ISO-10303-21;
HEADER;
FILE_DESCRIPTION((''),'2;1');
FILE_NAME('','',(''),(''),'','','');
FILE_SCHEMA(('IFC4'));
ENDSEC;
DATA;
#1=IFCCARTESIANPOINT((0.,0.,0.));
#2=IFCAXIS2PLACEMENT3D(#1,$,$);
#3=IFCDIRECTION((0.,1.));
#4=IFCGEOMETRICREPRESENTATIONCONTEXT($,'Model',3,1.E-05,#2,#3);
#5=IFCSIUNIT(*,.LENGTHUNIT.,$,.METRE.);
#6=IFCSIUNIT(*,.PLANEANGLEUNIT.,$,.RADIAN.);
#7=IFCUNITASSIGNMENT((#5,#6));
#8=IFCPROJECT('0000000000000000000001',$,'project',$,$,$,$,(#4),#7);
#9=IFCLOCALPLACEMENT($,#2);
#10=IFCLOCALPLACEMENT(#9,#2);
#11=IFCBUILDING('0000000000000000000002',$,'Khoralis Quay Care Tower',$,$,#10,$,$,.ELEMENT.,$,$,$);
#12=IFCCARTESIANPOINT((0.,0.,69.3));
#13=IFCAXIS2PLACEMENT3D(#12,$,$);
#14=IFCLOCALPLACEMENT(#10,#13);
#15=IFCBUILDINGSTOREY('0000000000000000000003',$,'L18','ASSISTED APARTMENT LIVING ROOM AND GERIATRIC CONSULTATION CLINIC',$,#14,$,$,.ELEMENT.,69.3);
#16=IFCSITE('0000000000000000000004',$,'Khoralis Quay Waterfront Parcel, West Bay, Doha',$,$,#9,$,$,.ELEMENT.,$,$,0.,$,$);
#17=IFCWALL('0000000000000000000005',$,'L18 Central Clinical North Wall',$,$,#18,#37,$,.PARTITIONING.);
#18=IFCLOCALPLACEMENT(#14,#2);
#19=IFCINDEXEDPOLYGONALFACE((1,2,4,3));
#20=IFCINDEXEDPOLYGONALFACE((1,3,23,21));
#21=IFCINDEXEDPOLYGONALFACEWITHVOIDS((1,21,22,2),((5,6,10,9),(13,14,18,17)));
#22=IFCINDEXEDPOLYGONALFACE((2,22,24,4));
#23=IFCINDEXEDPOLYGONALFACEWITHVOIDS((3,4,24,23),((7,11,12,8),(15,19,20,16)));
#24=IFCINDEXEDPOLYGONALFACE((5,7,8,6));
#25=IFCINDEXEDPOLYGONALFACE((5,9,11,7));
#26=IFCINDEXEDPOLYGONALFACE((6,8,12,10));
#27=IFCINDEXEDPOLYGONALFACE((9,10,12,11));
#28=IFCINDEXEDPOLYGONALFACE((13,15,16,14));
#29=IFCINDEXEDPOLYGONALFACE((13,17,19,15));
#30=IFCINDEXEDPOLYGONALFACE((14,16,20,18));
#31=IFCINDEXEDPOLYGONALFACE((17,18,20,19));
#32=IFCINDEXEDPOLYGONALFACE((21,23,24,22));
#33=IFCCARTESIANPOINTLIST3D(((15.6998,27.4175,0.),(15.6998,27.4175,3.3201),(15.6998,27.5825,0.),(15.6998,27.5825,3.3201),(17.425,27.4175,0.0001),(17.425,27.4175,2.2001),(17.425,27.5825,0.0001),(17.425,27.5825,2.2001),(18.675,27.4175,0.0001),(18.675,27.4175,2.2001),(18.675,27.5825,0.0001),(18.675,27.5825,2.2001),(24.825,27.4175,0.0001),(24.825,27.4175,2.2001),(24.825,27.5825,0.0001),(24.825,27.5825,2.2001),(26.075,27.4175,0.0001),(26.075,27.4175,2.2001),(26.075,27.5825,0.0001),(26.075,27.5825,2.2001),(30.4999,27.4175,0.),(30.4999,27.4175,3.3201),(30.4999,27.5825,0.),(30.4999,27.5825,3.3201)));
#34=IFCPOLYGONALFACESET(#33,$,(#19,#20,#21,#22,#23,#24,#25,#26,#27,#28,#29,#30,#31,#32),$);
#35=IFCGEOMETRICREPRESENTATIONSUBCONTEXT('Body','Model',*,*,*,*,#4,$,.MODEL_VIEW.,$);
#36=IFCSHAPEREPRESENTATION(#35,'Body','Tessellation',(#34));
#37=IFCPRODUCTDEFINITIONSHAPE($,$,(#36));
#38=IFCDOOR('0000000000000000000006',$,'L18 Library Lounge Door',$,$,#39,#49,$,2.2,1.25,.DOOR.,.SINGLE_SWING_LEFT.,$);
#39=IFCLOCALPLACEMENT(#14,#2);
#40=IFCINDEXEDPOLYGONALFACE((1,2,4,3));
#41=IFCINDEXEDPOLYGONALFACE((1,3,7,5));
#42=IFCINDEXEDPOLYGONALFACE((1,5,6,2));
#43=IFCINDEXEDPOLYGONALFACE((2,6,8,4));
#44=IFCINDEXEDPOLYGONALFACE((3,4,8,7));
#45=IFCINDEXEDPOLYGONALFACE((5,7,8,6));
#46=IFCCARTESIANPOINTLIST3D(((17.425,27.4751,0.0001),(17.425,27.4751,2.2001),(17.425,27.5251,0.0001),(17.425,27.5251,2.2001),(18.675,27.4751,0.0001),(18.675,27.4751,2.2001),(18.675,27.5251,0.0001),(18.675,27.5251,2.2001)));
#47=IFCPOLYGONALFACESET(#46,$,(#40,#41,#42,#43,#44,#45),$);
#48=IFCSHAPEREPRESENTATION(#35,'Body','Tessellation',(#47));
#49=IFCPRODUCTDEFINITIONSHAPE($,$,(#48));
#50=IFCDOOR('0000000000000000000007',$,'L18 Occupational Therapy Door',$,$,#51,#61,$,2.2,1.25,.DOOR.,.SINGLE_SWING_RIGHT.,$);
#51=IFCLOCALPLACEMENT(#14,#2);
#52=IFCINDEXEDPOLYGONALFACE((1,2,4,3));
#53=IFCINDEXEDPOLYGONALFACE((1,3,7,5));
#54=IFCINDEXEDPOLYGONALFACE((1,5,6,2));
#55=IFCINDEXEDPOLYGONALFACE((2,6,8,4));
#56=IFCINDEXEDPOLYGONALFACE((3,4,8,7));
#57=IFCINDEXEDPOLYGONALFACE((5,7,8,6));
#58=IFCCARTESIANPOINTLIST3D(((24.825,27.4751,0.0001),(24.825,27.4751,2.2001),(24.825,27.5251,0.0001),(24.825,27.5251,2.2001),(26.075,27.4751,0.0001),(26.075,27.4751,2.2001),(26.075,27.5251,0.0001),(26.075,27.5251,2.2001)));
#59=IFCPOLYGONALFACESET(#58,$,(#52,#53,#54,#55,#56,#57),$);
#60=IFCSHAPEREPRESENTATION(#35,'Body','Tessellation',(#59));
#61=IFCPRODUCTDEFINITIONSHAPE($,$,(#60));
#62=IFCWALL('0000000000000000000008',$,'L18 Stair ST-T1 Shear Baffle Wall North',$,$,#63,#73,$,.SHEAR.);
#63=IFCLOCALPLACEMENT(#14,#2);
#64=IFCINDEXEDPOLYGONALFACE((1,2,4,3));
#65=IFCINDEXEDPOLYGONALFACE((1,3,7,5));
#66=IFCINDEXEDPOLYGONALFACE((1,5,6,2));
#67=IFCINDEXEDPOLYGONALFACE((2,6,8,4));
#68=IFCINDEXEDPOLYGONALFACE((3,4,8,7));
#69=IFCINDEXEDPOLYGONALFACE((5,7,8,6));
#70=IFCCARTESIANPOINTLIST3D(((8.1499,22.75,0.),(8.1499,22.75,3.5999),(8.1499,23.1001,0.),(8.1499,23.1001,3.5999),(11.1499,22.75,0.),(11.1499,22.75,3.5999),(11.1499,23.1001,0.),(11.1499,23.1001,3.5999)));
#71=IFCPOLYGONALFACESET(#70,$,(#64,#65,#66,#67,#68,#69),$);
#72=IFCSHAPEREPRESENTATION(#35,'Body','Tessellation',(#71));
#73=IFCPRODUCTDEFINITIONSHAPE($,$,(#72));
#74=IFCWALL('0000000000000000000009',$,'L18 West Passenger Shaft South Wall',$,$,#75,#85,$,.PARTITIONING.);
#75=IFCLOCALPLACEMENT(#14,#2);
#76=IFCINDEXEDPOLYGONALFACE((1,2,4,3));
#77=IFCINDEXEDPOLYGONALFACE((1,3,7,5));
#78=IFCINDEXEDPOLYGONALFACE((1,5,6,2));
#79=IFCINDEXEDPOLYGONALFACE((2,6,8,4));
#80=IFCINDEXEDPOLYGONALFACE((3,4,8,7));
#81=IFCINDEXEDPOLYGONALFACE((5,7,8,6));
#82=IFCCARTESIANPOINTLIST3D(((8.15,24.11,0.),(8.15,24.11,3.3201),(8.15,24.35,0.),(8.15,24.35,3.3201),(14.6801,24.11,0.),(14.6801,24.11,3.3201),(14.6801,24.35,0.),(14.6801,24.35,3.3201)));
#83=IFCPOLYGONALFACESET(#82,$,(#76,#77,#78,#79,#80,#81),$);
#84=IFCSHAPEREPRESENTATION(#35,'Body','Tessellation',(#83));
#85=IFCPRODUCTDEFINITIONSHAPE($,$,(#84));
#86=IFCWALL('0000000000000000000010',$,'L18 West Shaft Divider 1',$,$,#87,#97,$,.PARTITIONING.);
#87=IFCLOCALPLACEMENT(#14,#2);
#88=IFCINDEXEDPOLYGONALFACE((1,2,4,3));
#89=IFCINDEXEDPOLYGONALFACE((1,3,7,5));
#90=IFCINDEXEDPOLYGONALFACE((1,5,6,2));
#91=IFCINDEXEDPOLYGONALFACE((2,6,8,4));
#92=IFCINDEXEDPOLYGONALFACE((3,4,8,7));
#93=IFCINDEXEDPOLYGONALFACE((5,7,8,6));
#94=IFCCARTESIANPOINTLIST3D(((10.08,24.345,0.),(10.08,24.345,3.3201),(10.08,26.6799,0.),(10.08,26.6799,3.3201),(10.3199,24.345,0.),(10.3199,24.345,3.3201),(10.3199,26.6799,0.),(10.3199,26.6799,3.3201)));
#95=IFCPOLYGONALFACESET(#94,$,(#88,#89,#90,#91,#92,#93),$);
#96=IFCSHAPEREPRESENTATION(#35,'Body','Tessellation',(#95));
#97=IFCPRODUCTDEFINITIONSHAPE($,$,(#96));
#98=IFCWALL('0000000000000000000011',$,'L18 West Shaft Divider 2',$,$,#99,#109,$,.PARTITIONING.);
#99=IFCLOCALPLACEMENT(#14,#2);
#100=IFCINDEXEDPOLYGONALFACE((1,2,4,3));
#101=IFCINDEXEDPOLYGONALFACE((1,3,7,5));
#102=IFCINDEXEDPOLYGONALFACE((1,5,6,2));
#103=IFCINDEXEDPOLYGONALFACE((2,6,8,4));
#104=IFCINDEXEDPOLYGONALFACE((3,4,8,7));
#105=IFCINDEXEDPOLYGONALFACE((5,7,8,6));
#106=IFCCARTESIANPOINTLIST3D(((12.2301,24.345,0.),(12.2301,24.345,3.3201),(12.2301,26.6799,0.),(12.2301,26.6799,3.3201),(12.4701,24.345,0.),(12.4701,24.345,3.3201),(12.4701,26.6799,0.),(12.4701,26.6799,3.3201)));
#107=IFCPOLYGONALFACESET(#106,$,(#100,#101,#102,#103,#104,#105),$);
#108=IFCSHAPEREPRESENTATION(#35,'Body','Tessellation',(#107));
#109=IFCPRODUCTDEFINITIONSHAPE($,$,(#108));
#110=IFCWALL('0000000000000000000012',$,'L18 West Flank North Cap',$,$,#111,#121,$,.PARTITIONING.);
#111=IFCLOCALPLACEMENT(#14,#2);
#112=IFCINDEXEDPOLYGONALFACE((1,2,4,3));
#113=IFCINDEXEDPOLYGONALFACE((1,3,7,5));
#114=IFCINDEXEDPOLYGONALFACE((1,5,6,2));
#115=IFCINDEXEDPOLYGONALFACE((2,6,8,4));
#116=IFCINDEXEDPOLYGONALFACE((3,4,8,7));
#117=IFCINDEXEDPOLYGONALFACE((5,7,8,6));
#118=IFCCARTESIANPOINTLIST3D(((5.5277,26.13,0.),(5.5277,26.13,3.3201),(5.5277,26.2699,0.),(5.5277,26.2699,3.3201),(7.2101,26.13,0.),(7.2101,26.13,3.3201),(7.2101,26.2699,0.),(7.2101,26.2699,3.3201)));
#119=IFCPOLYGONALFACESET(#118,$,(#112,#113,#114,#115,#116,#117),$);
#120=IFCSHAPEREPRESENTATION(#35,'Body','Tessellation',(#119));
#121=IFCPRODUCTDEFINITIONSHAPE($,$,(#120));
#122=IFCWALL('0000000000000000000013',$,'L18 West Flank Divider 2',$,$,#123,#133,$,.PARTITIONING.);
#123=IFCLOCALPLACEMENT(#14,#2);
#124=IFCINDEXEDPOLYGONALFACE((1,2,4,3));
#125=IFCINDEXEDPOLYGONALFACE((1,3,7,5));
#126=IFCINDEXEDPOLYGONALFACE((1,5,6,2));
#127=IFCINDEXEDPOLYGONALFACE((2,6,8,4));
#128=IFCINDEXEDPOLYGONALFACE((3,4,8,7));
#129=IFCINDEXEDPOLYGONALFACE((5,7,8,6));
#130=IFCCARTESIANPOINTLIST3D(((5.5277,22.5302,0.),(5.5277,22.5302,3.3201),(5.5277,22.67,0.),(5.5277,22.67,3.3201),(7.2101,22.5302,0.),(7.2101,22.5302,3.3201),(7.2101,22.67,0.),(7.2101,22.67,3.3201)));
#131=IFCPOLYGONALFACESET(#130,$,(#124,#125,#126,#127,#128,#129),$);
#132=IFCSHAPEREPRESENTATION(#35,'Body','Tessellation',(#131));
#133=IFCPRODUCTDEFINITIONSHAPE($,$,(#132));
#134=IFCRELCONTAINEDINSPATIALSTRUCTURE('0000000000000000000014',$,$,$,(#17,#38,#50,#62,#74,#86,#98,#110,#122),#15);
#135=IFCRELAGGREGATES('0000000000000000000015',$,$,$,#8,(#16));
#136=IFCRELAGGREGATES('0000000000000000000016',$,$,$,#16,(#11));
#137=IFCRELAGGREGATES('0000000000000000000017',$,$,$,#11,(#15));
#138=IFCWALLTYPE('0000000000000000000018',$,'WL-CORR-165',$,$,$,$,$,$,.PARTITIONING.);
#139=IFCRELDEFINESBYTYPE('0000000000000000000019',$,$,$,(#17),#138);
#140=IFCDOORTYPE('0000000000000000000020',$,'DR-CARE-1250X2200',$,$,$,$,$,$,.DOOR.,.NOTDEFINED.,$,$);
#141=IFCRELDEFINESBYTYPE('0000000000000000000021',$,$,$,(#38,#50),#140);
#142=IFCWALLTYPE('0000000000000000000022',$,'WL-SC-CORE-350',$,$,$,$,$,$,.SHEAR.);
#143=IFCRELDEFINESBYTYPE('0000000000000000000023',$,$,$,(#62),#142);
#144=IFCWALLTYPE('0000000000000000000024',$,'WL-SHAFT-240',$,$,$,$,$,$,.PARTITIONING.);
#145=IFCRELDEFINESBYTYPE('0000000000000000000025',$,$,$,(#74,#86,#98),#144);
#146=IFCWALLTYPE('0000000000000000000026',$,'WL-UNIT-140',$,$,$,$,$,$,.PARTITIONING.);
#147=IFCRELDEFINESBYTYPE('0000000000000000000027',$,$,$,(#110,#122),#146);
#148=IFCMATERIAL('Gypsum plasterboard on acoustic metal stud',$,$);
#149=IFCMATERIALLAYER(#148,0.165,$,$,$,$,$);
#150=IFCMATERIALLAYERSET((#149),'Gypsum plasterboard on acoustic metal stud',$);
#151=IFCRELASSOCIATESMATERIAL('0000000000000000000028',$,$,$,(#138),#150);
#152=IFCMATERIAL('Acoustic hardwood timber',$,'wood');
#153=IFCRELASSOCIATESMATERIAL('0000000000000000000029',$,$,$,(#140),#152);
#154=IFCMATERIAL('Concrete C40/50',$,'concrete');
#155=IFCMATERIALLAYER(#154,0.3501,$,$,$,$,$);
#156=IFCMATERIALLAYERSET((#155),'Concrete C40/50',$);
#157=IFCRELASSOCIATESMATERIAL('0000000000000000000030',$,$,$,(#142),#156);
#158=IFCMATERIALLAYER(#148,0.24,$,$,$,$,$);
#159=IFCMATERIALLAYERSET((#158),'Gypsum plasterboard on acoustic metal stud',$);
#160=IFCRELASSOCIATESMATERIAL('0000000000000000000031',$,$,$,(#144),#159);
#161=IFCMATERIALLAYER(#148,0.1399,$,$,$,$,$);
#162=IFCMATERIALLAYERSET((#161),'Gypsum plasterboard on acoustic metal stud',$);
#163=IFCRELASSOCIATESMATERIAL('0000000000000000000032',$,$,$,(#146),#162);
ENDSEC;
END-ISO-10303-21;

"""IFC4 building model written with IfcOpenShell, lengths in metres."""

from ifc_helpers import new_model, si_unit, direction, frame, frame_2d, origin, place, context, subcontext, project, spatial, rectangle, extrude, source, transform, mapped, material, layer, layer_set, type_object, element, fill, save


model = new_model("IFC4")

# Units and contexts
model_context = context("Model", 3, precision=1e-05, world=origin(), true_north=direction((0.0, 1.0)))
body_context = subcontext(model_context, "Body", "Model", "MODEL_VIEW")
ifc_project = project(units=[si_unit("LENGTHUNIT", "METRE"), si_unit("PLANEANGLEUNIT", "RADIAN")], contexts=[model_context])

# Site, building, storey
site_placement = place(None, origin())
site = spatial("IfcSite", under=ifc_project, at=site_placement, Name="Khoralis Quay Waterfront Parcel, West Bay, Doha", CompositionType="ELEMENT", RefElevation=0.0)
building_placement = place(site_placement, origin())
building = spatial("IfcBuilding", under=site, at=building_placement, Name="Khoralis Quay Care Tower", CompositionType="ELEMENT")
storey_placement = place(building_placement, frame((0.0, 0.0, 69.3)))
storey = spatial("IfcBuildingStorey", under=building, at=storey_placement, Name="L18", Description="ASSISTED APARTMENT LIVING ROOM AND GERIATRIC CONSULTATION CLINIC", CompositionType="ELEMENT", Elevation=69.3)

# Shared definitions
ifc_material_1 = material(Name="Gypsum plasterboard on acoustic metal stud")
ifc_layer_1 = layer(ifc_material_1, 0.165)
ifc_layer_set_1 = layer_set([ifc_layer_1], Name="Gypsum plasterboard on acoustic metal stud")
wall_type_1 = type_object("IfcWallType", Name="WL-CORR-165", PredefinedType="PARTITIONING", material=ifc_layer_set_1)

# Wall, openings, doors
wall_1_placement = place(storey_placement, frame((15.7, 27.5, 0.0), z_axis=(0.0, 0.0, 1.0), x_axis=(1.0, 0.0, 0.0)))
wall_1 = element("IfcWall", 1, at=wall_1_placement, inside=storey, type_object=wall_type_1, Name="L18 Central Clinical North Wall", PredefinedType="PARTITIONING", context=body_context, shape_type="SweptSolid", body=[
    extrude(rectangle(XDim=14.8, YDim=0.165, at=frame_2d((7.3999, 0.0))), origin(), (0.0, 0.0, 1.0), 3.3201),
])
opening_1_placement = place(wall_1_placement, frame((1.7251, 0.0, 0.0)))
opening_1 = element("IfcOpeningElement", 2, at=opening_1_placement, cuts=wall_1, PredefinedType="OPENING", context=body_context, shape_type="SweptSolid", body=[
    extrude(rectangle(XDim=1.25, YDim=2.2, at=frame_2d((0.625, 1.1001))), frame((0.0, 0.0925, 0.0), z_axis=(0.0, -1.0, 0.0), x_axis=(1.0, 0.0, 0.0)), (0.0, 0.0, 1.0), 0.1851),
])
opening_2_placement = place(wall_1_placement, frame((9.125, 0.0, 0.0)))
opening_2 = element("IfcOpeningElement", 3, at=opening_2_placement, cuts=wall_1, PredefinedType="OPENING", context=body_context, shape_type="SweptSolid", body=[
    extrude(rectangle(XDim=1.25, YDim=2.2, at=frame_2d((0.625, 1.1001))), frame((0.0, 0.0925, 0.0), z_axis=(0.0, -1.0, 0.0), x_axis=(1.0, 0.0, 0.0)), (0.0, 0.0, 1.0), 0.1851),
])
ifc_material_2 = material(Name="Acoustic hardwood timber", Category="wood")
door_type_1 = type_object("IfcDoorType", Name="DR-CARE-1250X2200", OperationType="NOTDEFINED", PredefinedType="DOOR", material=ifc_material_2)
shared_shape_1 = source(origin(), body_context, "Body", "SweptSolid", [
    extrude(rectangle(XDim=1.25, YDim=2.2, at=frame_2d((0.625, 1.1001))), frame((0.0, 0.0249, 0.0), z_axis=(0.0, -1.0, 0.0), x_axis=(1.0, 0.0, 0.0)), (0.0, 0.0, 1.0), 0.05),
])
door_1_placement = place(opening_1_placement, frame((1.25, 0.0, 0.0), z_axis=(0.0, 0.0, 1.0), x_axis=(-1.0, 0.0, 0.0)))
door_1 = element("IfcDoor", 4, at=door_1_placement, inside=storey, type_object=door_type_1, Name="L18 Library Lounge Door", OperationType="SINGLE_SWING_LEFT", OverallHeight=2.2, OverallWidth=1.25, PredefinedType="DOOR", context=body_context, shape_type="MappedRepresentation", body=[
    mapped(shared_shape_1, transform((0.0, 0.0, 0.0), scale=1.0)),
])
fill(opening_1, door_1)
door_2_placement = place(opening_2_placement, frame((1.25, 0.0, 0.0), z_axis=(0.0, 0.0, 1.0), x_axis=(-1.0, 0.0, 0.0)))
door_2 = element("IfcDoor", 5, at=door_2_placement, inside=storey, type_object=door_type_1, Name="L18 Occupational Therapy Door", OperationType="SINGLE_SWING_RIGHT", OverallHeight=2.2, OverallWidth=1.25, PredefinedType="DOOR", context=body_context, shape_type="MappedRepresentation", body=[
    mapped(shared_shape_1, transform((0.0, 0.0, 0.0), scale=1.0)),
])
fill(opening_2, door_2)

# Walls
ifc_material_3 = material(Name="Concrete C40/50", Category="concrete")
ifc_layer_2 = layer(ifc_material_3, 0.3501)
ifc_layer_set_2 = layer_set([ifc_layer_2], Name="Concrete C40/50")
wall_type_2 = type_object("IfcWallType", Name="WL-SC-CORE-350", PredefinedType="SHEAR", material=ifc_layer_set_2)
wall_2_placement = place(storey_placement, frame((8.1499, 22.925, 0.0), z_axis=(0.0, 0.0, 1.0), x_axis=(1.0, 0.0, 0.0)))
element("IfcWall", 6, at=wall_2_placement, inside=storey, type_object=wall_type_2, Name="L18 Stair ST-T1 Shear Baffle Wall North", PredefinedType="SHEAR", context=body_context, shape_type="SweptSolid", body=[
    extrude(rectangle(XDim=3.0, YDim=0.3501, at=frame_2d((1.5, 0.0))), origin(), (0.0, 0.0, 1.0), 3.5999),
])
ifc_layer_3 = layer(ifc_material_1, 0.24)
ifc_layer_set_3 = layer_set([ifc_layer_3], Name="Gypsum plasterboard on acoustic metal stud")
wall_type_3 = type_object("IfcWallType", Name="WL-SHAFT-240", PredefinedType="PARTITIONING", material=ifc_layer_set_3)
wall_3_placement = place(storey_placement, frame((8.1499, 24.23, 0.0), z_axis=(0.0, 0.0, 1.0), x_axis=(1.0, 0.0, 0.0)))
element("IfcWall", 7, at=wall_3_placement, inside=storey, type_object=wall_type_3, Name="L18 West Passenger Shaft South Wall", PredefinedType="PARTITIONING", context=body_context, shape_type="SweptSolid", body=[
    extrude(rectangle(XDim=6.53, YDim=0.24, at=frame_2d((3.2651, 0.0))), origin(), (0.0, 0.0, 1.0), 3.3201),
])
for number, where, z_axis, x_axis, name in (
    (8, (10.2, 24.345, 0.0), (0.0, 0.0, 1.0), (0.0, 1.0, 0.0), "L18 West Shaft Divider 1"),
    (9, (12.3501, 24.345, 0.0), (0.0, 0.0, 1.0), (0.0, 1.0, 0.0), "L18 West Shaft Divider 2"),
):
    element("IfcWall", number, at=place(storey_placement, frame(where, z_axis=z_axis, x_axis=x_axis)), inside=storey, type_object=wall_type_3, Name=name, PredefinedType="PARTITIONING", context=body_context, shape_type="SweptSolid", body=[
        extrude(rectangle(XDim=2.335, YDim=0.24, at=frame_2d((1.1675, 0.0))), origin(), (0.0, 0.0, 1.0), 3.3201),
    ])
ifc_layer_4 = layer(ifc_material_1, 0.1399)
ifc_layer_set_4 = layer_set([ifc_layer_4], Name="Gypsum plasterboard on acoustic metal stud")
wall_type_4 = type_object("IfcWallType", Name="WL-UNIT-140", PredefinedType="PARTITIONING", material=ifc_layer_set_4)
for number, where, z_axis, x_axis, name in (
    (10, (5.5276, 26.2, 0.0), (0.0, 0.0, 1.0), (1.0, 0.0, 0.0), "L18 West Flank North Cap"),
    (11, (5.5276, 22.6001, 0.0), (0.0, 0.0, 1.0), (1.0, 0.0, 0.0), "L18 West Flank Divider 2"),
):
    element("IfcWall", number, at=place(storey_placement, frame(where, z_axis=z_axis, x_axis=x_axis)), inside=storey, type_object=wall_type_4, Name=name, PredefinedType="PARTITIONING", context=body_context, shape_type="SweptSolid", body=[
        extrude(rectangle(XDim=1.6824, YDim=0.1399, at=frame_2d((0.8413, 0.0))), origin(), (0.0, 0.0, 1.0), 3.3201),
    ])

save(model, "model.ifc")
